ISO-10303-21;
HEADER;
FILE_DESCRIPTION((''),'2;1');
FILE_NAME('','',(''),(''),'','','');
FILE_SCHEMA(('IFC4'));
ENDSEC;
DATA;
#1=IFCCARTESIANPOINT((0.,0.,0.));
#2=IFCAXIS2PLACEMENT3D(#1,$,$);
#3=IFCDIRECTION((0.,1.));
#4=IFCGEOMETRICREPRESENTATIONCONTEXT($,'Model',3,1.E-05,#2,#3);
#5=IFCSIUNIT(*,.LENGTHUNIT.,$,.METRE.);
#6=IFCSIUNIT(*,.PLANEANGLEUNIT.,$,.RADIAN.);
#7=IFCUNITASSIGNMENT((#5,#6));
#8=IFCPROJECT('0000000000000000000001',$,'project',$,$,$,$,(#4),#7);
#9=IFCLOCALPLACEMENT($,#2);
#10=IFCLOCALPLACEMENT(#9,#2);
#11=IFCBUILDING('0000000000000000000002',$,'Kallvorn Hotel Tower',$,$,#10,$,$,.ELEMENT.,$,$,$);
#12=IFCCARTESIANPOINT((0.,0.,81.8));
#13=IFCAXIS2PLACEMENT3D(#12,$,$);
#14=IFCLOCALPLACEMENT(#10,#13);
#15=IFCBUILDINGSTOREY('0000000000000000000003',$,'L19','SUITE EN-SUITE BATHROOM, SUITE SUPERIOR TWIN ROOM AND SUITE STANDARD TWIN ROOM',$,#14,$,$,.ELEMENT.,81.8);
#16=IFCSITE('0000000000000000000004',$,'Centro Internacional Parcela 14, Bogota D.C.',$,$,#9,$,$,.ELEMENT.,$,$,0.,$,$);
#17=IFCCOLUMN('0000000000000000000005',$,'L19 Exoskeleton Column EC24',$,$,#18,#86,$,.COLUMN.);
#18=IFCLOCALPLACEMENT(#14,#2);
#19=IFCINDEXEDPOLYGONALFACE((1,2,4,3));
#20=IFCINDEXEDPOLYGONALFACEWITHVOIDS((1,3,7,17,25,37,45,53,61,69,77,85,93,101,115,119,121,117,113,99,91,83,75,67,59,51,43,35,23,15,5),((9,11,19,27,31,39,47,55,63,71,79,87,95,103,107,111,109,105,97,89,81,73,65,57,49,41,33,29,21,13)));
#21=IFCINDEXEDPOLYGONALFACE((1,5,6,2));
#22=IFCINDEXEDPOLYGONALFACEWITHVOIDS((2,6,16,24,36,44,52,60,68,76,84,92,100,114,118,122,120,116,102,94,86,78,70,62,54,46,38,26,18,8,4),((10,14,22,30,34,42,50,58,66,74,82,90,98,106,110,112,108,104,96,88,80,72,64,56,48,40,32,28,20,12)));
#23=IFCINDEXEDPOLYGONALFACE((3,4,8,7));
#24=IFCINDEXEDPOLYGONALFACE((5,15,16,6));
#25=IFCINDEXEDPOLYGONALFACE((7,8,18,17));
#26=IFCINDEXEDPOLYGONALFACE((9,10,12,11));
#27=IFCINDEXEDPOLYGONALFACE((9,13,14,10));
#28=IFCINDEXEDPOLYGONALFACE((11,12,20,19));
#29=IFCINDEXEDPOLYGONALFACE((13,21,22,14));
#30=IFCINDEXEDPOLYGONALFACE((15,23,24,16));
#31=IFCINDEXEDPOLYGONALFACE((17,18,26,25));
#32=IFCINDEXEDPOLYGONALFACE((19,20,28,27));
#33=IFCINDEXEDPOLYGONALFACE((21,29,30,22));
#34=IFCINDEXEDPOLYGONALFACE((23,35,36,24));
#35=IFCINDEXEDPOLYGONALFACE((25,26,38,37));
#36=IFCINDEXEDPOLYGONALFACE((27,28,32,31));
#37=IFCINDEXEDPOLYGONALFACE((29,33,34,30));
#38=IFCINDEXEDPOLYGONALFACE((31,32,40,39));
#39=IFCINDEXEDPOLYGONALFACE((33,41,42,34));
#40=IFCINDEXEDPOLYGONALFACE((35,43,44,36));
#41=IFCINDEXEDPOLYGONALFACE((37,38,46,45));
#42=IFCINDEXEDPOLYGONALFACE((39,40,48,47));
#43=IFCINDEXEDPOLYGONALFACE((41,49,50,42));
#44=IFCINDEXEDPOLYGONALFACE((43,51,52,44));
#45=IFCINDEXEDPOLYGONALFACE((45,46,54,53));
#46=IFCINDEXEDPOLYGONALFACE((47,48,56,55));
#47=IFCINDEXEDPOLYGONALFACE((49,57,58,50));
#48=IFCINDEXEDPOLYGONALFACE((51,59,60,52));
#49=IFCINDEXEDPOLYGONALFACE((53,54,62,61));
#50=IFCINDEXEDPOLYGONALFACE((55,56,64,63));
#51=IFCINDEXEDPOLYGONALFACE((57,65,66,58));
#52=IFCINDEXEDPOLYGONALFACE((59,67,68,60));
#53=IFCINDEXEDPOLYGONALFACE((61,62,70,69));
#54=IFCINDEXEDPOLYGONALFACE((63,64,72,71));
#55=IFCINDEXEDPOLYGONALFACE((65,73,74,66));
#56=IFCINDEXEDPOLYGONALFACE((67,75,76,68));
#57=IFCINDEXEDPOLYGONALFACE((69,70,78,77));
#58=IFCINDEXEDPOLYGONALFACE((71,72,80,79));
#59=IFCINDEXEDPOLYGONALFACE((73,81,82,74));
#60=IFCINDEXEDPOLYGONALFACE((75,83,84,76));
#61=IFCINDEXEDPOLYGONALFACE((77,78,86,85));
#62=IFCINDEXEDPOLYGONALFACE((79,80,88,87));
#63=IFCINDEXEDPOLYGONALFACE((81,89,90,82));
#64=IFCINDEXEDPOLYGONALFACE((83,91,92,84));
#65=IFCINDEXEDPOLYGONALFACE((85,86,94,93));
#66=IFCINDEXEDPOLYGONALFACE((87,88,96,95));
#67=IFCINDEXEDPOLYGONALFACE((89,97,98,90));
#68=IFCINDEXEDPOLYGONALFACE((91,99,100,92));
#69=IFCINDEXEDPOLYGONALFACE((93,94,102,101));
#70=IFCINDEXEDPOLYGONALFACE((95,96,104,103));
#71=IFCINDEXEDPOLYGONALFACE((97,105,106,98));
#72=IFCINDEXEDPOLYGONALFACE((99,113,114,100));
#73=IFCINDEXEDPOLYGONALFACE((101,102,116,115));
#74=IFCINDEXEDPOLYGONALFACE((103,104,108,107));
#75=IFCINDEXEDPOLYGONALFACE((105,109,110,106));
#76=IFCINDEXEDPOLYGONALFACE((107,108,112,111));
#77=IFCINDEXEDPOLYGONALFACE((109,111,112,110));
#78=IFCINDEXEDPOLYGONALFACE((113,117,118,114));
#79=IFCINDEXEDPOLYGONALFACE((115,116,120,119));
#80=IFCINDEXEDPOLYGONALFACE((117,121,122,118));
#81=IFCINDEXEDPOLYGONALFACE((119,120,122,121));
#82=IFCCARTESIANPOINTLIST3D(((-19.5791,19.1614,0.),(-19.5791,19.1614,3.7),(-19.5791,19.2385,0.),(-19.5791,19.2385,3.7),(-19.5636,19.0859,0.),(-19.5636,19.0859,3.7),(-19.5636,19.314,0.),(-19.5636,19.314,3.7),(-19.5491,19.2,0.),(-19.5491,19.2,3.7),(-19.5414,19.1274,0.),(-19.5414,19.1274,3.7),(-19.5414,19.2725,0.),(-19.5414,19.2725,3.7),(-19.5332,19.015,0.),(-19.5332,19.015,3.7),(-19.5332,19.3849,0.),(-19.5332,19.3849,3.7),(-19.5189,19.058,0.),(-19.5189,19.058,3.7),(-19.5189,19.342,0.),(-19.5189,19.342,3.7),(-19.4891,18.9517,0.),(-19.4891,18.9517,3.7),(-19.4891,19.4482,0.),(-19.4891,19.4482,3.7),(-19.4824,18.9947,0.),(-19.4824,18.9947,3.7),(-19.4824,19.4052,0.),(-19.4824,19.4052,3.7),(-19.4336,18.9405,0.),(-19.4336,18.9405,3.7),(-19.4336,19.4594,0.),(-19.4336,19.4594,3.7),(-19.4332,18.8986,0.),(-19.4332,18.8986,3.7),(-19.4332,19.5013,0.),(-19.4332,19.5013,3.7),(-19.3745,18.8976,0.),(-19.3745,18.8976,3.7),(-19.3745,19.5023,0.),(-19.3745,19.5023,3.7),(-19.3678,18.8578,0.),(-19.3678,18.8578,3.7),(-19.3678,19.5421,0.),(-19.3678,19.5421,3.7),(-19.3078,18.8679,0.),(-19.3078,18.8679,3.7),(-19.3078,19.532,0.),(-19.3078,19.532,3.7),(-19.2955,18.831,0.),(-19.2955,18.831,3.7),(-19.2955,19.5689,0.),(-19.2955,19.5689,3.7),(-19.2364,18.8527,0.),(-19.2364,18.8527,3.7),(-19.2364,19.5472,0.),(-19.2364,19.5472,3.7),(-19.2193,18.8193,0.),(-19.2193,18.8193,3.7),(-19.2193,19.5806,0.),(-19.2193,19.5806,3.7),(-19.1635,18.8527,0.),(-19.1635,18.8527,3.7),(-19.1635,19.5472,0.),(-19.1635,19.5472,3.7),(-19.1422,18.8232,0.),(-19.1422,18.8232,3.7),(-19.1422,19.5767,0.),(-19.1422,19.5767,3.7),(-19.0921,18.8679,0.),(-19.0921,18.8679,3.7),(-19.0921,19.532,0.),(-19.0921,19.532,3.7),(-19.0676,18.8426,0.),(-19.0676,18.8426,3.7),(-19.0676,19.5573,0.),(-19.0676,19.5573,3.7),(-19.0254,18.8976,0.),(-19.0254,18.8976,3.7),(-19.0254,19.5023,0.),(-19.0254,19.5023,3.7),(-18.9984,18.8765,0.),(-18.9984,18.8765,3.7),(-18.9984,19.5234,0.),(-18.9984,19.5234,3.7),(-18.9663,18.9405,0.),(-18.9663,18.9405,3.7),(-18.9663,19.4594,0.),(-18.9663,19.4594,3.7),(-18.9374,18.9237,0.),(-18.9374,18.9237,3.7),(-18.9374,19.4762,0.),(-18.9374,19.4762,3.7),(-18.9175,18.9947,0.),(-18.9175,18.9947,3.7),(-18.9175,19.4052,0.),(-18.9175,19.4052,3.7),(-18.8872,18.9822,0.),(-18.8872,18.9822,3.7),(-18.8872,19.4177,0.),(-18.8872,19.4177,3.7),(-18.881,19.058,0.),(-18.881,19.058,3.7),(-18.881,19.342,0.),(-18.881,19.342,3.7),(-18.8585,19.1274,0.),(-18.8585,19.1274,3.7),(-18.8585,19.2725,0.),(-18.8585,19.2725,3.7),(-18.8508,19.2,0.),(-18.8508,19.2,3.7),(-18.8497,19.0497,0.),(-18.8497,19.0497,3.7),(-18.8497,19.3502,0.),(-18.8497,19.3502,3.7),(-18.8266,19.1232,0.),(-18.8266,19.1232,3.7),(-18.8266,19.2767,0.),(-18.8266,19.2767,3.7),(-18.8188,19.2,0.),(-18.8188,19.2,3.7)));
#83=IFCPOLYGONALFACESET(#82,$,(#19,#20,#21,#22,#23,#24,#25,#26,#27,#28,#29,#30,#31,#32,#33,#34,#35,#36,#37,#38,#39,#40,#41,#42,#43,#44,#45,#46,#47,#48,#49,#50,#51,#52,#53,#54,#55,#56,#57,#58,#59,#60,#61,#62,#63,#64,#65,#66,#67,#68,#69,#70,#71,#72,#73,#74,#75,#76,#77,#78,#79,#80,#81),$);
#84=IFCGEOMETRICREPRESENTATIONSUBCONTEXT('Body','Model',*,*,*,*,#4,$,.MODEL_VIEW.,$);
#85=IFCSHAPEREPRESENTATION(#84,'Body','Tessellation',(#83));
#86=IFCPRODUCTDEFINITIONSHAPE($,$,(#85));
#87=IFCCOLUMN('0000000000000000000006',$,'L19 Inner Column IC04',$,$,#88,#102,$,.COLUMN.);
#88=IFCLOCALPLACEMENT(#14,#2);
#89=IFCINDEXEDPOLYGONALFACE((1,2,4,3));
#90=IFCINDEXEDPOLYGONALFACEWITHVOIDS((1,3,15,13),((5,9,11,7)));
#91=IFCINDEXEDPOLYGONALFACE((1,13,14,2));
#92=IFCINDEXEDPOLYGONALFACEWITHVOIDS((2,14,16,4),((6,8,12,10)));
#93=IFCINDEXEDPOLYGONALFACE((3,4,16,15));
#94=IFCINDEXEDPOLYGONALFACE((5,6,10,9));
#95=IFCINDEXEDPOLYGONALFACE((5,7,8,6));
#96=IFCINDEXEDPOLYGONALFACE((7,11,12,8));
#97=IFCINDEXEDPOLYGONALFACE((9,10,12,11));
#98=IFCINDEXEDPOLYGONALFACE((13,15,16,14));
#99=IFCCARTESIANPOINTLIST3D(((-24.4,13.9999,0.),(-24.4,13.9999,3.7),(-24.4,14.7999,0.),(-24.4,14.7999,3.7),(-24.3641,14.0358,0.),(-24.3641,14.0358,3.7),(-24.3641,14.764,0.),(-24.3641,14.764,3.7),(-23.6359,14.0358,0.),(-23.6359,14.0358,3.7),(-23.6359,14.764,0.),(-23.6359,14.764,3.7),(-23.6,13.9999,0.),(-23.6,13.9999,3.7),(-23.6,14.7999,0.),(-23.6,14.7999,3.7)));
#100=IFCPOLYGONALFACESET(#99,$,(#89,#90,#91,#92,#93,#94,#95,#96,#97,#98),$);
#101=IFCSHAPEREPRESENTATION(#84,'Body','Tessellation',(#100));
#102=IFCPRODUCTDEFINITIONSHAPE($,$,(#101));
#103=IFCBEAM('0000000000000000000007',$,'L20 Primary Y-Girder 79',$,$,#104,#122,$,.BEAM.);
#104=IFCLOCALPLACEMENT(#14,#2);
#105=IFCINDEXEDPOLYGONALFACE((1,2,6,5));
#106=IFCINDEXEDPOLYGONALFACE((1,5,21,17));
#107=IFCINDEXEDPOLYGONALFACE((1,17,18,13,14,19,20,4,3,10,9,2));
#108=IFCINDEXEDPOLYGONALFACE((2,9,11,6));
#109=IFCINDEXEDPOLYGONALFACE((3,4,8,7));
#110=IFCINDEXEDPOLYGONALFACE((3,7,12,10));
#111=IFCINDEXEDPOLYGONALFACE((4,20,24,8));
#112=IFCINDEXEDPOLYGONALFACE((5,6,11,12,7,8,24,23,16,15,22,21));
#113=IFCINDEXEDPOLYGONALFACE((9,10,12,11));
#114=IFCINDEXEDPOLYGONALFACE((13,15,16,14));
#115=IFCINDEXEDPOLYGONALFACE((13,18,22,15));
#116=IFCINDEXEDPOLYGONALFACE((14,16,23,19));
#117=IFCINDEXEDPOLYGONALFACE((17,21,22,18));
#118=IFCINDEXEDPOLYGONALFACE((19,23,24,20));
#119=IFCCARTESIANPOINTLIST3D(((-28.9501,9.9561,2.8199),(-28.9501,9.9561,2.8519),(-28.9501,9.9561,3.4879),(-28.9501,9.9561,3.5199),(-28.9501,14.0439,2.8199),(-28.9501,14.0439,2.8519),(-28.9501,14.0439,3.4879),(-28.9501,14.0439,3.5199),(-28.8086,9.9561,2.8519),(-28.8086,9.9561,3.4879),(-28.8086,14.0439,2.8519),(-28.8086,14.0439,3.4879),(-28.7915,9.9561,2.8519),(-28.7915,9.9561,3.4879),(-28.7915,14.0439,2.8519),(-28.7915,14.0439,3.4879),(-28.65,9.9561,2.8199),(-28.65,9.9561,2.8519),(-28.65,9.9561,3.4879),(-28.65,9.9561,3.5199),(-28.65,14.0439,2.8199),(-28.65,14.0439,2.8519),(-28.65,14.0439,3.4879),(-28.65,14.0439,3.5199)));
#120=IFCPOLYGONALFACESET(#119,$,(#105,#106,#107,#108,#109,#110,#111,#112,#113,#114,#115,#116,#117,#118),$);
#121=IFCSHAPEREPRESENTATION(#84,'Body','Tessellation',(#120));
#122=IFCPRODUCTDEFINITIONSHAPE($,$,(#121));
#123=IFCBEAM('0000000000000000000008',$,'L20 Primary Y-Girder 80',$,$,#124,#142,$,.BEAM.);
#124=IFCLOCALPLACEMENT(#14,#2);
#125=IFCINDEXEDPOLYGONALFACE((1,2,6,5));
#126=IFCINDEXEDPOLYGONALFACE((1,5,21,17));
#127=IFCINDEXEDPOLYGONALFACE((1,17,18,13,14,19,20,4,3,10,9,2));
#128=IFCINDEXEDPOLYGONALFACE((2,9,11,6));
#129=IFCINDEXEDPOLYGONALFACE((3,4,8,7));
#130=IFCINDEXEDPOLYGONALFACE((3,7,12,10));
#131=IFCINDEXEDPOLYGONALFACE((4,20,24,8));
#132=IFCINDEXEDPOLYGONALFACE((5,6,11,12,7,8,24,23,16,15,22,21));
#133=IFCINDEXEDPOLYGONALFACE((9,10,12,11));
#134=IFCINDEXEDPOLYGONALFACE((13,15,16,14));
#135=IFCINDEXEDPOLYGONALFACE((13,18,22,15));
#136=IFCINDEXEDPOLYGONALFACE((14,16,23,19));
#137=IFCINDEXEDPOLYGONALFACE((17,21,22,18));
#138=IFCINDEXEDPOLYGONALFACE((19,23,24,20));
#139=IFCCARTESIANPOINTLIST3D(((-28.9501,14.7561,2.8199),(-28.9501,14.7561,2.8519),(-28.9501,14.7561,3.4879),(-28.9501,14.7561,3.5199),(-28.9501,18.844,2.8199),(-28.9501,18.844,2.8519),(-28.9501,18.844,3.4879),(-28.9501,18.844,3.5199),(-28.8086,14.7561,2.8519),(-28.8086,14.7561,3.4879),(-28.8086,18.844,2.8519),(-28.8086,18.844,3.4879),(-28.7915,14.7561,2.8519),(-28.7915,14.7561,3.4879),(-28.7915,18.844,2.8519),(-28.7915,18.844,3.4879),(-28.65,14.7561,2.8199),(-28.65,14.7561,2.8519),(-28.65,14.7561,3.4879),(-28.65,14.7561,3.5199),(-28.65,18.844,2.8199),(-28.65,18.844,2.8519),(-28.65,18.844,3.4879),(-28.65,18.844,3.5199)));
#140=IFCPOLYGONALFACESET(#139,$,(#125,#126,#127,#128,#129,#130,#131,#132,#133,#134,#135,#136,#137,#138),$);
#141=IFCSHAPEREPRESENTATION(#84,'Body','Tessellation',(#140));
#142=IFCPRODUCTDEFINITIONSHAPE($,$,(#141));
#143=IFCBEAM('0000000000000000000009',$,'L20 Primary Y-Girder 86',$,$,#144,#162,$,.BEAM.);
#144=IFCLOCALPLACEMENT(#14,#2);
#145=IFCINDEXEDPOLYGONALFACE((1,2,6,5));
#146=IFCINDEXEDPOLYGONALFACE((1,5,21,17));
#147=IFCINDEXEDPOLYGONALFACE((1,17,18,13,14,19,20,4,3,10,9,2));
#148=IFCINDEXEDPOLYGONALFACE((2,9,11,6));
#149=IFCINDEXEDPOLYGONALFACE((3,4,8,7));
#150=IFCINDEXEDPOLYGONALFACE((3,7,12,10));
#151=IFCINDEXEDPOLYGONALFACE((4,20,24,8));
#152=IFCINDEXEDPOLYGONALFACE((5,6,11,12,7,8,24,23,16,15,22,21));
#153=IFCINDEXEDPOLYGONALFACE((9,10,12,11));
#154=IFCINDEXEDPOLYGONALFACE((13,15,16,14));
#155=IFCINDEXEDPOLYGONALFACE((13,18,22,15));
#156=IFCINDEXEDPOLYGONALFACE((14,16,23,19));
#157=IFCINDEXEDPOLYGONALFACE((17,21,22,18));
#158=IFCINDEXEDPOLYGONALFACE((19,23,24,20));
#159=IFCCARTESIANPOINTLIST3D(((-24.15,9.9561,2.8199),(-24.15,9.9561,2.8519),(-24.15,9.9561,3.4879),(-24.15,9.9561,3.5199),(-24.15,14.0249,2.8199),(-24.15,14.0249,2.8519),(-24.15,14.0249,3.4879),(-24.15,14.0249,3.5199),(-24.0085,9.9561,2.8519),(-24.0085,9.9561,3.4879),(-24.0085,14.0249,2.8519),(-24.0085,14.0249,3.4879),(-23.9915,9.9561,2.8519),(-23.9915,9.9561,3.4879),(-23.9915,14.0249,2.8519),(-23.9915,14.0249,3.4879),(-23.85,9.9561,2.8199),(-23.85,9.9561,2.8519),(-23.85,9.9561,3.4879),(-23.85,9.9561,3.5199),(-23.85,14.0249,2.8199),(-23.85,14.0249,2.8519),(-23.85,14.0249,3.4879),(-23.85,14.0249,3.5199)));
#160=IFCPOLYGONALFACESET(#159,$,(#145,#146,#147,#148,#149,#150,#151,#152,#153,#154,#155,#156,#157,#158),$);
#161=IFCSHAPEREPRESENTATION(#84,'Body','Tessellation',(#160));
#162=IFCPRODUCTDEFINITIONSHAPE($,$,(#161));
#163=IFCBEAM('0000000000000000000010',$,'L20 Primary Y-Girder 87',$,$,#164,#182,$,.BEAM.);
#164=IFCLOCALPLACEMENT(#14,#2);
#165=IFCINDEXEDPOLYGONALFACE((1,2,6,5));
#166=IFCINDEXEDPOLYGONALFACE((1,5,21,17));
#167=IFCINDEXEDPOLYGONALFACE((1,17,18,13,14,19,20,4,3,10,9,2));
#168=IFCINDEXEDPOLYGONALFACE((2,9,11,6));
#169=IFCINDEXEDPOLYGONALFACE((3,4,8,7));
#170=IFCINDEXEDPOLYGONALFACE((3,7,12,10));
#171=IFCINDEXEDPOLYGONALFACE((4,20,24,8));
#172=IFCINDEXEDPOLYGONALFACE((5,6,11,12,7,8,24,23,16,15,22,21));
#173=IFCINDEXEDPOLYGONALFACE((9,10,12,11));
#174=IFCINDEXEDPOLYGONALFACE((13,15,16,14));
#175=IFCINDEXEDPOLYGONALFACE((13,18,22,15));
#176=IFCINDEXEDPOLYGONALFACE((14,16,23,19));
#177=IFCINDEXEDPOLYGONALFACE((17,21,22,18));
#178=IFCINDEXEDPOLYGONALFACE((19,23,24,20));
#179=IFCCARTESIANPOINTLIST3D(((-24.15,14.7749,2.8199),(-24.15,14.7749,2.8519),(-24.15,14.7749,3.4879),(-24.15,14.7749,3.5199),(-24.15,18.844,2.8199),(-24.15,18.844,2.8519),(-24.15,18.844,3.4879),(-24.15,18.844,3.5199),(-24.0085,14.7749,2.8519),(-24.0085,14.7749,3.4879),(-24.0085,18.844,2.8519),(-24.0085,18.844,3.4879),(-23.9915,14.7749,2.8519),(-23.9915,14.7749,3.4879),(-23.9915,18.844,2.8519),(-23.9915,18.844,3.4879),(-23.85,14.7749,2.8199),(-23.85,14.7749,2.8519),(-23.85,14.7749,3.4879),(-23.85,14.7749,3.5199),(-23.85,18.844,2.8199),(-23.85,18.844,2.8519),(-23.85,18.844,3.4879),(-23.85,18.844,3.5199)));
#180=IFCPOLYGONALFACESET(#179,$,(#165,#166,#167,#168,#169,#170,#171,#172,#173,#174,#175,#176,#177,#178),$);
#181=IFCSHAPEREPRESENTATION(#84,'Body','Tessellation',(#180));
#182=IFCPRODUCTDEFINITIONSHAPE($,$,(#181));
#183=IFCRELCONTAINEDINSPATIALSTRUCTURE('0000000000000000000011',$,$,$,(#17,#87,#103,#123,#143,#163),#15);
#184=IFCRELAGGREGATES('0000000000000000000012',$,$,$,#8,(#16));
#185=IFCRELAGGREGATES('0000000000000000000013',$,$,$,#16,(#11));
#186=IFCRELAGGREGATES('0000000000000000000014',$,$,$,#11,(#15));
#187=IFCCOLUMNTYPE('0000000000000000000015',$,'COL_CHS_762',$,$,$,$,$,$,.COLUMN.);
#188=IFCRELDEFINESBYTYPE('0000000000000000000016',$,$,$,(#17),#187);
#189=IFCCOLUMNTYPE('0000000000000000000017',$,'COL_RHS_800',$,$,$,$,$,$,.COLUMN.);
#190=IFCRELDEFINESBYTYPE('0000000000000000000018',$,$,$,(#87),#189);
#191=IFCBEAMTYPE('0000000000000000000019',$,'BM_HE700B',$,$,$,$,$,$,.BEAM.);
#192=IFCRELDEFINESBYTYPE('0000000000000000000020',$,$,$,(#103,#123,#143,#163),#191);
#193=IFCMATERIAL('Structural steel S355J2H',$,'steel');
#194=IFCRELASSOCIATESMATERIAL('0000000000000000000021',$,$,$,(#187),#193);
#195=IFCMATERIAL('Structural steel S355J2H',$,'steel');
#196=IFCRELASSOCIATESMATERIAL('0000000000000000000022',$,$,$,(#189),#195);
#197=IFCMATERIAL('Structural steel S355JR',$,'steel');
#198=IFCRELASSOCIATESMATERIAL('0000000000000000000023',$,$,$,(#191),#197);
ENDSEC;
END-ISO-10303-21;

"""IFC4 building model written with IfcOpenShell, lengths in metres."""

from ifc_helpers import new_model, si_unit, direction, frame, origin, origin_2d, place, context, subcontext, project, spatial, hollow_rectangle, hollow_circle, i_section, extrude, material, material_profile, profile_set, type_object, element, save


model = new_model("IFC4")

# Units and contexts
model_context = context("Model", 3, precision=1e-05, world=origin(), true_north=direction((0.0, 1.0)))
body_context = subcontext(model_context, "Body", "Model", "MODEL_VIEW")
ifc_project = project(units=[si_unit("LENGTHUNIT", "METRE"), si_unit("PLANEANGLEUNIT", "RADIAN")], contexts=[model_context])

# Site, building, storey
site_placement = place(None, origin())
site = spatial("IfcSite", under=ifc_project, at=site_placement, Name="Centro Internacional Parcela 14, Bogota D.C.", CompositionType="ELEMENT", RefElevation=0.0)
building_placement = place(site_placement, origin())
building = spatial("IfcBuilding", under=site, at=building_placement, Name="Kallvorn Hotel Tower", CompositionType="ELEMENT")
storey_placement = place(building_placement, frame((0.0, 0.0, 81.8)))
storey = spatial("IfcBuildingStorey", under=building, at=storey_placement, Name="L19", Description="SUITE EN-SUITE BATHROOM, SUITE SUPERIOR TWIN ROOM AND SUITE STANDARD TWIN ROOM", CompositionType="ELEMENT", Elevation=81.8)

# Columns
ifc_material_1 = material(Name="Structural steel S355J2H", Category="steel")
ifc_material_profile_1 = material_profile(ifc_material_1, hollow_circle(Radius=0.3811, WallThickness=0.032, at=origin_2d()), Name="CHS 762x32")
ifc_profile_set_1 = profile_set([ifc_material_profile_1], Name="Structural steel S355J2H")
column_type_1 = type_object("IfcColumnType", Name="COL_CHS_762", PredefinedType="COLUMN", material=ifc_profile_set_1)
for number, where, z_axis, x_axis, name in (
    (1, (-19.2, 19.2, 0.0), (0.0, 0.0, 1.0), (1.0, 0.0, 0.0), "L19 Exoskeleton Column EC24"),
):
    element("IfcColumn", number, at=place(storey_placement, frame(where, z_axis=z_axis, x_axis=x_axis)), inside=storey, type_object=column_type_1, Name=name, PredefinedType="COLUMN", context=body_context, shape_type="SweptSolid", body=[
        extrude(hollow_circle(Radius=0.3811, WallThickness=0.032, at=origin_2d()), origin(), (0.0, 0.0, 1.0), 3.7),
    ])
ifc_material_2 = material(Name="Structural steel S355J2H", Category="steel")
ifc_material_profile_2 = material_profile(ifc_material_2, hollow_rectangle(XDim=0.8, YDim=0.8, WallThickness=0.0359, at=origin_2d()), Name="RHS 800x800x36")
ifc_profile_set_2 = profile_set([ifc_material_profile_2], Name="Structural steel S355J2H")
column_type_2 = type_object("IfcColumnType", Name="COL_RHS_800", PredefinedType="COLUMN", material=ifc_profile_set_2)
column_placement = place(storey_placement, frame((-24.0, 14.3999, 0.0), z_axis=(0.0, 0.0, 1.0), x_axis=(1.0, 0.0, 0.0)))
element("IfcColumn", 2, at=column_placement, inside=storey, type_object=column_type_2, Name="L19 Inner Column IC04", PredefinedType="COLUMN", context=body_context, shape_type="SweptSolid", body=[
    extrude(hollow_rectangle(XDim=0.8, YDim=0.8, WallThickness=0.0359, at=origin_2d()), origin(), (0.0, 0.0, 1.0), 3.7),
])

# Beams
ifc_material_3 = material(Name="Structural steel S355JR", Category="steel")
ifc_material_profile_3 = material_profile(ifc_material_3, i_section(OverallWidth=0.3, OverallDepth=0.7, WebThickness=0.0171, FlangeThickness=0.032, at=origin_2d()), Name="HE 700 B")
ifc_profile_set_3 = profile_set([ifc_material_profile_3], Name="Structural steel S355JR")
beam_type_1 = type_object("IfcBeamType", Name="BM_HE700B", PredefinedType="BEAM", material=ifc_profile_set_3)
for number, where, z_axis, x_axis, name in (
    (3, (-28.8, 9.9561, 3.1699), (0.0, 1.0, 0.0), (-1.0, 0.0, 0.0), "L20 Primary Y-Girder 79"),
    (4, (-28.8, 14.7561, 3.1699), (0.0, 1.0, 0.0), (-1.0, 0.0, 0.0), "L20 Primary Y-Girder 80"),
):
    element("IfcBeam", number, at=place(storey_placement, frame(where, z_axis=z_axis, x_axis=x_axis)), inside=storey, type_object=beam_type_1, Name=name, PredefinedType="BEAM", context=body_context, shape_type="SweptSolid", body=[
        extrude(i_section(OverallWidth=0.3, OverallDepth=0.7, WebThickness=0.0171, FlangeThickness=0.032, at=origin_2d()), origin(), (0.0, 0.0, 1.0), 4.0879),
    ])
beam_1_placement = place(storey_placement, frame((-24.0, 9.9561, 3.1699), z_axis=(0.0, 1.0, 0.0), x_axis=(-1.0, 0.0, 0.0)))
element("IfcBeam", 5, at=beam_1_placement, inside=storey, type_object=beam_type_1, Name="L20 Primary Y-Girder 86", PredefinedType="BEAM", context=body_context, shape_type="SweptSolid", body=[
    extrude(i_section(OverallWidth=0.3, OverallDepth=0.7, WebThickness=0.0171, FlangeThickness=0.032, at=origin_2d()), origin(), (0.0, 0.0, 1.0), 4.0688),
])
beam_2_placement = place(storey_placement, frame((-24.0, 14.7749, 3.1699), z_axis=(0.0, 1.0, 0.0), x_axis=(-1.0, 0.0, 0.0)))
element("IfcBeam", 6, at=beam_2_placement, inside=storey, type_object=beam_type_1, Name="L20 Primary Y-Girder 87", PredefinedType="BEAM", context=body_context, shape_type="SweptSolid", body=[
    extrude(i_section(OverallWidth=0.3, OverallDepth=0.7, WebThickness=0.0171, FlangeThickness=0.032, at=origin_2d()), origin(), (0.0, 0.0, 1.0), 4.0691),
])

save(model, "model.ifc")
